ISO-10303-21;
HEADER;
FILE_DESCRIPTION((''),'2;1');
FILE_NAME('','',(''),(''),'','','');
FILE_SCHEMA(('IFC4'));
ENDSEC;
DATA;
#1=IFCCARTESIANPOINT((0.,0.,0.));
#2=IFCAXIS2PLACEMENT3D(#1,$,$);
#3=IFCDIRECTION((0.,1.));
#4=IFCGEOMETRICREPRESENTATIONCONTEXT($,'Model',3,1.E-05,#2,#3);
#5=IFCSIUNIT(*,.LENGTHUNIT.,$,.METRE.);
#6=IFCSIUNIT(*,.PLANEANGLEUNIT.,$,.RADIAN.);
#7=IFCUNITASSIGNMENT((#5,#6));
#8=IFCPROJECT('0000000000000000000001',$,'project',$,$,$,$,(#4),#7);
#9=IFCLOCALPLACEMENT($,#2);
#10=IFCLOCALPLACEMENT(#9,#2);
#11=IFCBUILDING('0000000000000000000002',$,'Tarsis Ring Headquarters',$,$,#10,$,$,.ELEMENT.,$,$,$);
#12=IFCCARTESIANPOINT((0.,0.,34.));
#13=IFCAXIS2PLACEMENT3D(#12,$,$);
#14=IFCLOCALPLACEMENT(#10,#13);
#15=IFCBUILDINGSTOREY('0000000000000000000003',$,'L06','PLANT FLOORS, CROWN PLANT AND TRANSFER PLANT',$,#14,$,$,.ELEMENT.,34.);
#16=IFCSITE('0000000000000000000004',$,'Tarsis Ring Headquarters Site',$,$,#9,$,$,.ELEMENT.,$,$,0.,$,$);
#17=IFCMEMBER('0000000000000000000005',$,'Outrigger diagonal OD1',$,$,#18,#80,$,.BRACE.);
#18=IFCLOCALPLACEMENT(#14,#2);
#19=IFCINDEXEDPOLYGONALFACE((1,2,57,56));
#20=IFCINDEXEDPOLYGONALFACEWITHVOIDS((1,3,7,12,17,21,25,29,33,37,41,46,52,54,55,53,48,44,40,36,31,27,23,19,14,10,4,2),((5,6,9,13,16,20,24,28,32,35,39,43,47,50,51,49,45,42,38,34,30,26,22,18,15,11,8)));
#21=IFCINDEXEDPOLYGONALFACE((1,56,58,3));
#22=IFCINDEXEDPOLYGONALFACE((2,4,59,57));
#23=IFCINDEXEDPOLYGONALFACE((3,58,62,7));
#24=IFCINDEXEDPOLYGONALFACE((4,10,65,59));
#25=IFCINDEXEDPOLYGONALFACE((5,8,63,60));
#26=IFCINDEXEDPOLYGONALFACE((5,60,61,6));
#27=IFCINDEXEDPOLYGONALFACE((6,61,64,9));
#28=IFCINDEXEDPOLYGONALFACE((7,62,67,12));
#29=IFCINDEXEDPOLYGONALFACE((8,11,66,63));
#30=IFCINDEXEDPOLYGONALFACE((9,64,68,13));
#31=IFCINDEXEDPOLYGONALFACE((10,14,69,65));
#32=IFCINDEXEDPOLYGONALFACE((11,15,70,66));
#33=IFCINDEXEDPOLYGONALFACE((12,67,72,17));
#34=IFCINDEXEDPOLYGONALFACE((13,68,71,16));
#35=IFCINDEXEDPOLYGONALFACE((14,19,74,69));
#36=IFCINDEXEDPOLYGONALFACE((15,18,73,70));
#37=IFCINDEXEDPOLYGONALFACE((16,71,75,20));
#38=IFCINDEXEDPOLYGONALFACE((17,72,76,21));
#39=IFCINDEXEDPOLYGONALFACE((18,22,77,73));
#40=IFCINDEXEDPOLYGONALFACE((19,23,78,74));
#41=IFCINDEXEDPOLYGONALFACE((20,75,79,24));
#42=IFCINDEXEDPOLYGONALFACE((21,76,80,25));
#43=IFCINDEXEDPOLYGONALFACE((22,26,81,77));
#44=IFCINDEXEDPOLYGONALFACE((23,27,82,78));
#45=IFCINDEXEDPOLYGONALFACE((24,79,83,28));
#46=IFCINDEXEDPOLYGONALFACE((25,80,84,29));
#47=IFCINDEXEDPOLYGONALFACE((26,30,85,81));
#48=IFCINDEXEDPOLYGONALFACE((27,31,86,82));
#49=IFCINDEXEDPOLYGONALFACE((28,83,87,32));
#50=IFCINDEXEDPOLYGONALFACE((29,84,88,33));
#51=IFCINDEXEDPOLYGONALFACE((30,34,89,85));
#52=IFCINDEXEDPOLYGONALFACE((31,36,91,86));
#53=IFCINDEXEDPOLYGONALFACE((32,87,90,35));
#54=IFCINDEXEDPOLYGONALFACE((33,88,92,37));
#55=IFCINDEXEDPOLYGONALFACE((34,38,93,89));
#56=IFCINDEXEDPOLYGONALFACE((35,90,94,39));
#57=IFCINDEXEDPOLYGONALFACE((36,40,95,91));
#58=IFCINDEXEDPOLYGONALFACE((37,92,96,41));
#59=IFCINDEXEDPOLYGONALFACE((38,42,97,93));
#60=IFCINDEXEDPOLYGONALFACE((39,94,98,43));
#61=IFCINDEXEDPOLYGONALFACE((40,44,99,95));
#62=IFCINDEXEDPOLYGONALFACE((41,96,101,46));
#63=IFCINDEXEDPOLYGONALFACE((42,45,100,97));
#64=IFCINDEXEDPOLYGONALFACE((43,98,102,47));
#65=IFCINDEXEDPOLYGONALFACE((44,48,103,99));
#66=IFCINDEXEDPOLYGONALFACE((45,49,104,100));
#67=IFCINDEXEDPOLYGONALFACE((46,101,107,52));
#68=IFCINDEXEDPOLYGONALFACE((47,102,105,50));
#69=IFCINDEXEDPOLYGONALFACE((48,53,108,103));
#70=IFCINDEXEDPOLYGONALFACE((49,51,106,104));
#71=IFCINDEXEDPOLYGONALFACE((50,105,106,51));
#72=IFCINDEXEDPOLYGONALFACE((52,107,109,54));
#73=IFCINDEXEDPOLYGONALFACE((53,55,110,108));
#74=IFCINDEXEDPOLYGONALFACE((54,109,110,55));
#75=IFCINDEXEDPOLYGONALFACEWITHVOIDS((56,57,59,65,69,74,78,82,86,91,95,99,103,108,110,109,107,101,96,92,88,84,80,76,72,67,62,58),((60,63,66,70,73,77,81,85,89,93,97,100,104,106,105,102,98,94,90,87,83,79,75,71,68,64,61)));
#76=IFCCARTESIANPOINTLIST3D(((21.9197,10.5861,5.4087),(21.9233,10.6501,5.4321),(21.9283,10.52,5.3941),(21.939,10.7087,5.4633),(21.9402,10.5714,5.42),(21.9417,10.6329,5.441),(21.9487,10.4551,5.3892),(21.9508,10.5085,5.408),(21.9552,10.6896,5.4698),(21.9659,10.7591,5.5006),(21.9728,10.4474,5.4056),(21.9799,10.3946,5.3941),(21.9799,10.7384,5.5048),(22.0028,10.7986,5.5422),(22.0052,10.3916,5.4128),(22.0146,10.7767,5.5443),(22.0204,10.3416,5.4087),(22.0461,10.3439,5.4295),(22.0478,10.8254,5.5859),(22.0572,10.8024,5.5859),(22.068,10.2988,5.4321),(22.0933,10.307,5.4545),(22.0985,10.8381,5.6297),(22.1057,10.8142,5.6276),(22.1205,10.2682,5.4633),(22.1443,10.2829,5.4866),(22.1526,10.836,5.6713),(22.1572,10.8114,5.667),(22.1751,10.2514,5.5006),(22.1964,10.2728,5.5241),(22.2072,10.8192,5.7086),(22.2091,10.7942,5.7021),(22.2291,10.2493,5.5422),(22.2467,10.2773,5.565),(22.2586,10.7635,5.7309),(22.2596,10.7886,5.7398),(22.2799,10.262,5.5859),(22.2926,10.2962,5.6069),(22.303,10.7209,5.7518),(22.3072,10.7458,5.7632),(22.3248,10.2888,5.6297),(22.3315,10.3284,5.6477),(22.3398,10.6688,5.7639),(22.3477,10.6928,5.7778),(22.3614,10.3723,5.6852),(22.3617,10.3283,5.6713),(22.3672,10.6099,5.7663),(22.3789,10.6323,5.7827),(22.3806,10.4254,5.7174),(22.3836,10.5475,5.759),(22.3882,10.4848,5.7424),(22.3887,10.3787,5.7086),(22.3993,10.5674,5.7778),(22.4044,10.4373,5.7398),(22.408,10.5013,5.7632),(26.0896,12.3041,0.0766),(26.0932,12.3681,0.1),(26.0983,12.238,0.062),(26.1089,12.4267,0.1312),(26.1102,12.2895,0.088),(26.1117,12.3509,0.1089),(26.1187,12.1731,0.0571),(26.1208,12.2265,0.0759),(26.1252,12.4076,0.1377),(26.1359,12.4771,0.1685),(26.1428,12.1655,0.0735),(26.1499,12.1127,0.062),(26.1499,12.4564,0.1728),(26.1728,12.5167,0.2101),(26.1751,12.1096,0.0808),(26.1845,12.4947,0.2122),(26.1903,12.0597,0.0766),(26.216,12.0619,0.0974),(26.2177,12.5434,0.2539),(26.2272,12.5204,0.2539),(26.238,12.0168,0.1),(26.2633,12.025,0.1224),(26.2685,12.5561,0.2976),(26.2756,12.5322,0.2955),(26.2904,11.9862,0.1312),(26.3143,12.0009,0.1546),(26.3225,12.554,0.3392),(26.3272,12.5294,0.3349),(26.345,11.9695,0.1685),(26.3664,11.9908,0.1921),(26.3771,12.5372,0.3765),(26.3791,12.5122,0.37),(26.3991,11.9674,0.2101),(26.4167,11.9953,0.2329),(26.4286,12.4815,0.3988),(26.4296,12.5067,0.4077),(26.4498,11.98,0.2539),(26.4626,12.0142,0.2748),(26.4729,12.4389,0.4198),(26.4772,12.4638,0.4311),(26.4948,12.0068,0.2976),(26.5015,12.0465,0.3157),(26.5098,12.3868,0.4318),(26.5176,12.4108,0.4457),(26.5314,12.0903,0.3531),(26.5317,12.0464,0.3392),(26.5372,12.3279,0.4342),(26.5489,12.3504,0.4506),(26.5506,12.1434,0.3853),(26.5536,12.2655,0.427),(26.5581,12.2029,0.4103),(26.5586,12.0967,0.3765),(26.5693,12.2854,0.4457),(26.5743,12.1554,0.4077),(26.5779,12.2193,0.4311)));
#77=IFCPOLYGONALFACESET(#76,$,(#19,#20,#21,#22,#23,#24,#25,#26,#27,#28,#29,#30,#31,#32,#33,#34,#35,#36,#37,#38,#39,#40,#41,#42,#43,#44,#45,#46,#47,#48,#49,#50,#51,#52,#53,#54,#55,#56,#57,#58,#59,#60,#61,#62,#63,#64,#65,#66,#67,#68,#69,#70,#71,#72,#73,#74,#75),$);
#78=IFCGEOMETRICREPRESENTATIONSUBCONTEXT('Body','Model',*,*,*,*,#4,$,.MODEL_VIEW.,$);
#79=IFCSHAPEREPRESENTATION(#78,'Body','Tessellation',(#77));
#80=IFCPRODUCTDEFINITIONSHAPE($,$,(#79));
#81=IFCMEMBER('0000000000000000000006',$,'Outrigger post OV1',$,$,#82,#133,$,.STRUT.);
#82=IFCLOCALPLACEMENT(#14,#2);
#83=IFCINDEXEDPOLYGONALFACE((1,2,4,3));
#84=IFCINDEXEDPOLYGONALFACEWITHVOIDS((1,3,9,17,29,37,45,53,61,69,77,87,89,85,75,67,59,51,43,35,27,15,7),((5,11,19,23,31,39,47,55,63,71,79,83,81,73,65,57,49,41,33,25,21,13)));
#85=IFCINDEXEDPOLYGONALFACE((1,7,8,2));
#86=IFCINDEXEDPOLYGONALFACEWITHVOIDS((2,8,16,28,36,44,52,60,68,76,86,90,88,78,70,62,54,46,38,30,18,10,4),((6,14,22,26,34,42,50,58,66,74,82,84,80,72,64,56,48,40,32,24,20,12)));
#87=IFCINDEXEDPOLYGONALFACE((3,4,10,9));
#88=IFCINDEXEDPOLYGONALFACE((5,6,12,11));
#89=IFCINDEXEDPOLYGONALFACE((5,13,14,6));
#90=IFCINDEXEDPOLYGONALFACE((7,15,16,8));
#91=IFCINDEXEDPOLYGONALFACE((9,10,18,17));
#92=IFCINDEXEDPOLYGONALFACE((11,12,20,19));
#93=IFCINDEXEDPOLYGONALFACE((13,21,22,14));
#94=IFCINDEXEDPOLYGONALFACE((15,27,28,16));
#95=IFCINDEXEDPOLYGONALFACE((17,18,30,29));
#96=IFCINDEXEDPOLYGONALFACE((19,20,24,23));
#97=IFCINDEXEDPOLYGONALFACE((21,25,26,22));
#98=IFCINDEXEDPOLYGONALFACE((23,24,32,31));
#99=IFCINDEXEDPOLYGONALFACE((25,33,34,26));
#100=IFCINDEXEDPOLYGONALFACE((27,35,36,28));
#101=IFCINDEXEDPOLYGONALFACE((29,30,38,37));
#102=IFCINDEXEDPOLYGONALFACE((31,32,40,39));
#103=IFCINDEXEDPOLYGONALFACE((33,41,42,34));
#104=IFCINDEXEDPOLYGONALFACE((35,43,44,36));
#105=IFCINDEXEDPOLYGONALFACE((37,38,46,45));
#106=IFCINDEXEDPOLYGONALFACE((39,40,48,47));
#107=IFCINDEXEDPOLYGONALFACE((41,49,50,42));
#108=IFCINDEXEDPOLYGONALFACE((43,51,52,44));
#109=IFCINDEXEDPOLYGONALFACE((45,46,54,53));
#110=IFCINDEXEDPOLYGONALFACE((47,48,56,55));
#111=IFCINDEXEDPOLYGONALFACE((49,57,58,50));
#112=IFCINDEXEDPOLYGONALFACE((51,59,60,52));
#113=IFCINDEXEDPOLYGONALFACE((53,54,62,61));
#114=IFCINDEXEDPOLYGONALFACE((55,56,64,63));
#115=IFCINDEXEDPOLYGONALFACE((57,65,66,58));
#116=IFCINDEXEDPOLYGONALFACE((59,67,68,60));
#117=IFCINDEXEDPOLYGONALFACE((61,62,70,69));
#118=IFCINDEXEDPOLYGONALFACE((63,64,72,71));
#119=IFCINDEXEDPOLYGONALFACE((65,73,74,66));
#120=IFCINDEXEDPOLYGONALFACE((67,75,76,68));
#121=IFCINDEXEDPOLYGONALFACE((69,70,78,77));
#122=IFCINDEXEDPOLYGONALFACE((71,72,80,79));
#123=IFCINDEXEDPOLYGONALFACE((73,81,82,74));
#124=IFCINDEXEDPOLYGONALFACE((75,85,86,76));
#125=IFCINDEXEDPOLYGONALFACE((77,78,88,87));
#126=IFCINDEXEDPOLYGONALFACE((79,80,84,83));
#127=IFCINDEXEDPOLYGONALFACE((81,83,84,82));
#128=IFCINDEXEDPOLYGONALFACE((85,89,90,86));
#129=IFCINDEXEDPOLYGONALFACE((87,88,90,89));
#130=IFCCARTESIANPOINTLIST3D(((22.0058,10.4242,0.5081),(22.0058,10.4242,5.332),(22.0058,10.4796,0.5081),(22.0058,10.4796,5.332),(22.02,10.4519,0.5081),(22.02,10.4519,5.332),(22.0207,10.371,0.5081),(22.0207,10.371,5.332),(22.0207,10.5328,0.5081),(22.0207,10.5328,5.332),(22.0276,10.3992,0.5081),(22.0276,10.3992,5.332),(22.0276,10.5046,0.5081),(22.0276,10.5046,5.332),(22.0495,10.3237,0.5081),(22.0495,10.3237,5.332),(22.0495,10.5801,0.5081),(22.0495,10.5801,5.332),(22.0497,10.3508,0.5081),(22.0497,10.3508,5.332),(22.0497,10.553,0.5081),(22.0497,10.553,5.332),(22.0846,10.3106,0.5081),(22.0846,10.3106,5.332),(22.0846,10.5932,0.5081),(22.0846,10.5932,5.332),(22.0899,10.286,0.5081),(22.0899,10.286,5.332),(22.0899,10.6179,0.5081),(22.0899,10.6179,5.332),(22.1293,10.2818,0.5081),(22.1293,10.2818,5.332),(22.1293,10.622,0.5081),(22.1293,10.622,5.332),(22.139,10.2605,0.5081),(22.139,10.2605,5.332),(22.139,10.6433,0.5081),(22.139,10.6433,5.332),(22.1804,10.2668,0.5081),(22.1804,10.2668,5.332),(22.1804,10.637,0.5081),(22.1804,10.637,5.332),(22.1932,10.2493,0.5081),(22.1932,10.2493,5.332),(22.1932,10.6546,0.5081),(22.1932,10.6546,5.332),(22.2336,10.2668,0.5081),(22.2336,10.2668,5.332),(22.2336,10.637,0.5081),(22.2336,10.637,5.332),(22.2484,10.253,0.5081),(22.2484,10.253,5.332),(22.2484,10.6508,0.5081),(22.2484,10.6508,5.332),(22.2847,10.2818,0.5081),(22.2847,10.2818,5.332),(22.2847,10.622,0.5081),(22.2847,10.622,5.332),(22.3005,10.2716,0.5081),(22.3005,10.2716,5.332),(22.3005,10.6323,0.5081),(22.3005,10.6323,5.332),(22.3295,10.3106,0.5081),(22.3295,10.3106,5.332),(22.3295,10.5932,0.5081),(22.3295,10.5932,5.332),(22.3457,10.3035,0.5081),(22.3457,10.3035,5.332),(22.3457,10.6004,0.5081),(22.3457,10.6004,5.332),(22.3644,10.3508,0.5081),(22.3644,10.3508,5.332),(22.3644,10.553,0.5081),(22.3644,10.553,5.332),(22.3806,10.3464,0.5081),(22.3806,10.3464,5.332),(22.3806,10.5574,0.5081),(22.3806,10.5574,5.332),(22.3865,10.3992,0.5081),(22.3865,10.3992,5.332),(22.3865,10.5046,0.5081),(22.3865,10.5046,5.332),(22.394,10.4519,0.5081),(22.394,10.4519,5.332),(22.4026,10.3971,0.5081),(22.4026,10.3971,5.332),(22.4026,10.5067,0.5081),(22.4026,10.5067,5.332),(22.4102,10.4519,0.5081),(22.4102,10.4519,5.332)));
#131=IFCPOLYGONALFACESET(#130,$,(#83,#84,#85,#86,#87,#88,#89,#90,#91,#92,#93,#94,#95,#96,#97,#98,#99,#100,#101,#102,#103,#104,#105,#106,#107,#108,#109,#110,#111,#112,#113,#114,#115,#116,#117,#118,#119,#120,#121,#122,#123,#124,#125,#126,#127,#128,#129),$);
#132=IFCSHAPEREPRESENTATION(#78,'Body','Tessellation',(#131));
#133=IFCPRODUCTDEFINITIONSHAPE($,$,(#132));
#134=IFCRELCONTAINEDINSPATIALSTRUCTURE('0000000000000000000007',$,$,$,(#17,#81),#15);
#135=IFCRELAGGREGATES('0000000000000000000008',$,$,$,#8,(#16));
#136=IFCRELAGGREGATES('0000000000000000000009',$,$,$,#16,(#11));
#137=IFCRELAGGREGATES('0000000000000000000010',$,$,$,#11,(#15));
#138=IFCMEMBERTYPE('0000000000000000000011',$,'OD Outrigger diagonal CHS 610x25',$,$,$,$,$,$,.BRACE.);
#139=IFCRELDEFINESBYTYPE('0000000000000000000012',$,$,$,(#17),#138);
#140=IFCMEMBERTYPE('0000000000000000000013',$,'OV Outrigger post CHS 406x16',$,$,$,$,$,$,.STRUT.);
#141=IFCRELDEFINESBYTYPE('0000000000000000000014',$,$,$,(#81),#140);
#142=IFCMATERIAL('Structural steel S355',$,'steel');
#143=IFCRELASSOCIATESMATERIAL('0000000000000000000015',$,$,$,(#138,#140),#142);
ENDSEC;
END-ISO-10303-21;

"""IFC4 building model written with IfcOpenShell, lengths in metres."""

from ifc_helpers import new_model, si_unit, direction, frame, origin, origin_2d, place, context, subcontext, project, spatial, hollow_circle, extrude, material, material_profile, profile_set, type_object, element, save


model = new_model("IFC4")

# Units and contexts
model_context = context("Model", 3, precision=1e-05, world=origin(), true_north=direction((0.0, 1.0)))
body_context = subcontext(model_context, "Body", "Model", "MODEL_VIEW")
ifc_project = project(units=[si_unit("LENGTHUNIT", "METRE"), si_unit("PLANEANGLEUNIT", "RADIAN")], contexts=[model_context])

# Site, building, storey
site_placement = place(None, origin())
site = spatial("IfcSite", under=ifc_project, at=site_placement, Name="Tarsis Ring Headquarters Site", CompositionType="ELEMENT", RefElevation=0.0)
building_placement = place(site_placement, origin())
building = spatial("IfcBuilding", under=site, at=building_placement, Name="Tarsis Ring Headquarters", CompositionType="ELEMENT")
storey_placement = place(building_placement, frame((0.0, 0.0, 34.0)))
storey = spatial("IfcBuildingStorey", under=building, at=storey_placement, Name="L06", Description="PLANT FLOORS, CROWN PLANT AND TRANSFER PLANT", CompositionType="ELEMENT", Elevation=34.0)

# Shared definitions
ifc_material_1 = material(Name="Structural steel S355", Category="steel")

# Members
ifc_material_profile_1 = material_profile(ifc_material_1, hollow_circle(Radius=0.3047, WallThickness=0.0249, at=origin_2d()), Name="CHS 610x25")
ifc_profile_set_1 = profile_set([ifc_material_profile_1], Name="Structural steel S355")
member_type_1 = type_object("IfcMemberType", Name="OD Outrigger diagonal CHS 610x25", PredefinedType="BRACE", material=ifc_profile_set_1)
member_1_placement = place(storey_placement, frame((22.1638, 10.5437, 5.5859), z_axis=(0.597104, 0.246008, -0.76351), x_axis=(-0.380938, 0.924601, 0.0)))
element("IfcMember", 1, at=member_1_placement, inside=storey, type_object=member_type_1, Name="Outrigger diagonal OD1", PredefinedType="BRACE", context=body_context, shape_type="SweptSolid", body=[
    extrude(hollow_circle(Radius=0.3047, WallThickness=0.0249, at=origin_2d()), origin(), (0.0, 0.0, 1.0), 6.9836),
])
ifc_material_profile_2 = material_profile(ifc_material_1, hollow_circle(Radius=0.2031, WallThickness=0.0161, at=origin_2d()), Name="CHS 406x16")
ifc_profile_set_2 = profile_set([ifc_material_profile_2], Name="Structural steel S355")
member_type_2 = type_object("IfcMemberType", Name="OV Outrigger post CHS 406x16", PredefinedType="STRUT", material=ifc_profile_set_2)
member_2_placement = place(storey_placement, frame((22.207, 10.4519, 0.5081), z_axis=(0.0, 0.0, 1.0), x_axis=(1.0, 0.0, 0.0)))
element("IfcMember", 2, at=member_2_placement, inside=storey, type_object=member_type_2, Name="Outrigger post OV1", PredefinedType="STRUT", context=body_context, shape_type="SweptSolid", body=[
    extrude(hollow_circle(Radius=0.2031, WallThickness=0.0161, at=origin_2d()), origin(), (0.0, 0.0, 1.0), 4.824),
])

save(model, "model.ifc")
